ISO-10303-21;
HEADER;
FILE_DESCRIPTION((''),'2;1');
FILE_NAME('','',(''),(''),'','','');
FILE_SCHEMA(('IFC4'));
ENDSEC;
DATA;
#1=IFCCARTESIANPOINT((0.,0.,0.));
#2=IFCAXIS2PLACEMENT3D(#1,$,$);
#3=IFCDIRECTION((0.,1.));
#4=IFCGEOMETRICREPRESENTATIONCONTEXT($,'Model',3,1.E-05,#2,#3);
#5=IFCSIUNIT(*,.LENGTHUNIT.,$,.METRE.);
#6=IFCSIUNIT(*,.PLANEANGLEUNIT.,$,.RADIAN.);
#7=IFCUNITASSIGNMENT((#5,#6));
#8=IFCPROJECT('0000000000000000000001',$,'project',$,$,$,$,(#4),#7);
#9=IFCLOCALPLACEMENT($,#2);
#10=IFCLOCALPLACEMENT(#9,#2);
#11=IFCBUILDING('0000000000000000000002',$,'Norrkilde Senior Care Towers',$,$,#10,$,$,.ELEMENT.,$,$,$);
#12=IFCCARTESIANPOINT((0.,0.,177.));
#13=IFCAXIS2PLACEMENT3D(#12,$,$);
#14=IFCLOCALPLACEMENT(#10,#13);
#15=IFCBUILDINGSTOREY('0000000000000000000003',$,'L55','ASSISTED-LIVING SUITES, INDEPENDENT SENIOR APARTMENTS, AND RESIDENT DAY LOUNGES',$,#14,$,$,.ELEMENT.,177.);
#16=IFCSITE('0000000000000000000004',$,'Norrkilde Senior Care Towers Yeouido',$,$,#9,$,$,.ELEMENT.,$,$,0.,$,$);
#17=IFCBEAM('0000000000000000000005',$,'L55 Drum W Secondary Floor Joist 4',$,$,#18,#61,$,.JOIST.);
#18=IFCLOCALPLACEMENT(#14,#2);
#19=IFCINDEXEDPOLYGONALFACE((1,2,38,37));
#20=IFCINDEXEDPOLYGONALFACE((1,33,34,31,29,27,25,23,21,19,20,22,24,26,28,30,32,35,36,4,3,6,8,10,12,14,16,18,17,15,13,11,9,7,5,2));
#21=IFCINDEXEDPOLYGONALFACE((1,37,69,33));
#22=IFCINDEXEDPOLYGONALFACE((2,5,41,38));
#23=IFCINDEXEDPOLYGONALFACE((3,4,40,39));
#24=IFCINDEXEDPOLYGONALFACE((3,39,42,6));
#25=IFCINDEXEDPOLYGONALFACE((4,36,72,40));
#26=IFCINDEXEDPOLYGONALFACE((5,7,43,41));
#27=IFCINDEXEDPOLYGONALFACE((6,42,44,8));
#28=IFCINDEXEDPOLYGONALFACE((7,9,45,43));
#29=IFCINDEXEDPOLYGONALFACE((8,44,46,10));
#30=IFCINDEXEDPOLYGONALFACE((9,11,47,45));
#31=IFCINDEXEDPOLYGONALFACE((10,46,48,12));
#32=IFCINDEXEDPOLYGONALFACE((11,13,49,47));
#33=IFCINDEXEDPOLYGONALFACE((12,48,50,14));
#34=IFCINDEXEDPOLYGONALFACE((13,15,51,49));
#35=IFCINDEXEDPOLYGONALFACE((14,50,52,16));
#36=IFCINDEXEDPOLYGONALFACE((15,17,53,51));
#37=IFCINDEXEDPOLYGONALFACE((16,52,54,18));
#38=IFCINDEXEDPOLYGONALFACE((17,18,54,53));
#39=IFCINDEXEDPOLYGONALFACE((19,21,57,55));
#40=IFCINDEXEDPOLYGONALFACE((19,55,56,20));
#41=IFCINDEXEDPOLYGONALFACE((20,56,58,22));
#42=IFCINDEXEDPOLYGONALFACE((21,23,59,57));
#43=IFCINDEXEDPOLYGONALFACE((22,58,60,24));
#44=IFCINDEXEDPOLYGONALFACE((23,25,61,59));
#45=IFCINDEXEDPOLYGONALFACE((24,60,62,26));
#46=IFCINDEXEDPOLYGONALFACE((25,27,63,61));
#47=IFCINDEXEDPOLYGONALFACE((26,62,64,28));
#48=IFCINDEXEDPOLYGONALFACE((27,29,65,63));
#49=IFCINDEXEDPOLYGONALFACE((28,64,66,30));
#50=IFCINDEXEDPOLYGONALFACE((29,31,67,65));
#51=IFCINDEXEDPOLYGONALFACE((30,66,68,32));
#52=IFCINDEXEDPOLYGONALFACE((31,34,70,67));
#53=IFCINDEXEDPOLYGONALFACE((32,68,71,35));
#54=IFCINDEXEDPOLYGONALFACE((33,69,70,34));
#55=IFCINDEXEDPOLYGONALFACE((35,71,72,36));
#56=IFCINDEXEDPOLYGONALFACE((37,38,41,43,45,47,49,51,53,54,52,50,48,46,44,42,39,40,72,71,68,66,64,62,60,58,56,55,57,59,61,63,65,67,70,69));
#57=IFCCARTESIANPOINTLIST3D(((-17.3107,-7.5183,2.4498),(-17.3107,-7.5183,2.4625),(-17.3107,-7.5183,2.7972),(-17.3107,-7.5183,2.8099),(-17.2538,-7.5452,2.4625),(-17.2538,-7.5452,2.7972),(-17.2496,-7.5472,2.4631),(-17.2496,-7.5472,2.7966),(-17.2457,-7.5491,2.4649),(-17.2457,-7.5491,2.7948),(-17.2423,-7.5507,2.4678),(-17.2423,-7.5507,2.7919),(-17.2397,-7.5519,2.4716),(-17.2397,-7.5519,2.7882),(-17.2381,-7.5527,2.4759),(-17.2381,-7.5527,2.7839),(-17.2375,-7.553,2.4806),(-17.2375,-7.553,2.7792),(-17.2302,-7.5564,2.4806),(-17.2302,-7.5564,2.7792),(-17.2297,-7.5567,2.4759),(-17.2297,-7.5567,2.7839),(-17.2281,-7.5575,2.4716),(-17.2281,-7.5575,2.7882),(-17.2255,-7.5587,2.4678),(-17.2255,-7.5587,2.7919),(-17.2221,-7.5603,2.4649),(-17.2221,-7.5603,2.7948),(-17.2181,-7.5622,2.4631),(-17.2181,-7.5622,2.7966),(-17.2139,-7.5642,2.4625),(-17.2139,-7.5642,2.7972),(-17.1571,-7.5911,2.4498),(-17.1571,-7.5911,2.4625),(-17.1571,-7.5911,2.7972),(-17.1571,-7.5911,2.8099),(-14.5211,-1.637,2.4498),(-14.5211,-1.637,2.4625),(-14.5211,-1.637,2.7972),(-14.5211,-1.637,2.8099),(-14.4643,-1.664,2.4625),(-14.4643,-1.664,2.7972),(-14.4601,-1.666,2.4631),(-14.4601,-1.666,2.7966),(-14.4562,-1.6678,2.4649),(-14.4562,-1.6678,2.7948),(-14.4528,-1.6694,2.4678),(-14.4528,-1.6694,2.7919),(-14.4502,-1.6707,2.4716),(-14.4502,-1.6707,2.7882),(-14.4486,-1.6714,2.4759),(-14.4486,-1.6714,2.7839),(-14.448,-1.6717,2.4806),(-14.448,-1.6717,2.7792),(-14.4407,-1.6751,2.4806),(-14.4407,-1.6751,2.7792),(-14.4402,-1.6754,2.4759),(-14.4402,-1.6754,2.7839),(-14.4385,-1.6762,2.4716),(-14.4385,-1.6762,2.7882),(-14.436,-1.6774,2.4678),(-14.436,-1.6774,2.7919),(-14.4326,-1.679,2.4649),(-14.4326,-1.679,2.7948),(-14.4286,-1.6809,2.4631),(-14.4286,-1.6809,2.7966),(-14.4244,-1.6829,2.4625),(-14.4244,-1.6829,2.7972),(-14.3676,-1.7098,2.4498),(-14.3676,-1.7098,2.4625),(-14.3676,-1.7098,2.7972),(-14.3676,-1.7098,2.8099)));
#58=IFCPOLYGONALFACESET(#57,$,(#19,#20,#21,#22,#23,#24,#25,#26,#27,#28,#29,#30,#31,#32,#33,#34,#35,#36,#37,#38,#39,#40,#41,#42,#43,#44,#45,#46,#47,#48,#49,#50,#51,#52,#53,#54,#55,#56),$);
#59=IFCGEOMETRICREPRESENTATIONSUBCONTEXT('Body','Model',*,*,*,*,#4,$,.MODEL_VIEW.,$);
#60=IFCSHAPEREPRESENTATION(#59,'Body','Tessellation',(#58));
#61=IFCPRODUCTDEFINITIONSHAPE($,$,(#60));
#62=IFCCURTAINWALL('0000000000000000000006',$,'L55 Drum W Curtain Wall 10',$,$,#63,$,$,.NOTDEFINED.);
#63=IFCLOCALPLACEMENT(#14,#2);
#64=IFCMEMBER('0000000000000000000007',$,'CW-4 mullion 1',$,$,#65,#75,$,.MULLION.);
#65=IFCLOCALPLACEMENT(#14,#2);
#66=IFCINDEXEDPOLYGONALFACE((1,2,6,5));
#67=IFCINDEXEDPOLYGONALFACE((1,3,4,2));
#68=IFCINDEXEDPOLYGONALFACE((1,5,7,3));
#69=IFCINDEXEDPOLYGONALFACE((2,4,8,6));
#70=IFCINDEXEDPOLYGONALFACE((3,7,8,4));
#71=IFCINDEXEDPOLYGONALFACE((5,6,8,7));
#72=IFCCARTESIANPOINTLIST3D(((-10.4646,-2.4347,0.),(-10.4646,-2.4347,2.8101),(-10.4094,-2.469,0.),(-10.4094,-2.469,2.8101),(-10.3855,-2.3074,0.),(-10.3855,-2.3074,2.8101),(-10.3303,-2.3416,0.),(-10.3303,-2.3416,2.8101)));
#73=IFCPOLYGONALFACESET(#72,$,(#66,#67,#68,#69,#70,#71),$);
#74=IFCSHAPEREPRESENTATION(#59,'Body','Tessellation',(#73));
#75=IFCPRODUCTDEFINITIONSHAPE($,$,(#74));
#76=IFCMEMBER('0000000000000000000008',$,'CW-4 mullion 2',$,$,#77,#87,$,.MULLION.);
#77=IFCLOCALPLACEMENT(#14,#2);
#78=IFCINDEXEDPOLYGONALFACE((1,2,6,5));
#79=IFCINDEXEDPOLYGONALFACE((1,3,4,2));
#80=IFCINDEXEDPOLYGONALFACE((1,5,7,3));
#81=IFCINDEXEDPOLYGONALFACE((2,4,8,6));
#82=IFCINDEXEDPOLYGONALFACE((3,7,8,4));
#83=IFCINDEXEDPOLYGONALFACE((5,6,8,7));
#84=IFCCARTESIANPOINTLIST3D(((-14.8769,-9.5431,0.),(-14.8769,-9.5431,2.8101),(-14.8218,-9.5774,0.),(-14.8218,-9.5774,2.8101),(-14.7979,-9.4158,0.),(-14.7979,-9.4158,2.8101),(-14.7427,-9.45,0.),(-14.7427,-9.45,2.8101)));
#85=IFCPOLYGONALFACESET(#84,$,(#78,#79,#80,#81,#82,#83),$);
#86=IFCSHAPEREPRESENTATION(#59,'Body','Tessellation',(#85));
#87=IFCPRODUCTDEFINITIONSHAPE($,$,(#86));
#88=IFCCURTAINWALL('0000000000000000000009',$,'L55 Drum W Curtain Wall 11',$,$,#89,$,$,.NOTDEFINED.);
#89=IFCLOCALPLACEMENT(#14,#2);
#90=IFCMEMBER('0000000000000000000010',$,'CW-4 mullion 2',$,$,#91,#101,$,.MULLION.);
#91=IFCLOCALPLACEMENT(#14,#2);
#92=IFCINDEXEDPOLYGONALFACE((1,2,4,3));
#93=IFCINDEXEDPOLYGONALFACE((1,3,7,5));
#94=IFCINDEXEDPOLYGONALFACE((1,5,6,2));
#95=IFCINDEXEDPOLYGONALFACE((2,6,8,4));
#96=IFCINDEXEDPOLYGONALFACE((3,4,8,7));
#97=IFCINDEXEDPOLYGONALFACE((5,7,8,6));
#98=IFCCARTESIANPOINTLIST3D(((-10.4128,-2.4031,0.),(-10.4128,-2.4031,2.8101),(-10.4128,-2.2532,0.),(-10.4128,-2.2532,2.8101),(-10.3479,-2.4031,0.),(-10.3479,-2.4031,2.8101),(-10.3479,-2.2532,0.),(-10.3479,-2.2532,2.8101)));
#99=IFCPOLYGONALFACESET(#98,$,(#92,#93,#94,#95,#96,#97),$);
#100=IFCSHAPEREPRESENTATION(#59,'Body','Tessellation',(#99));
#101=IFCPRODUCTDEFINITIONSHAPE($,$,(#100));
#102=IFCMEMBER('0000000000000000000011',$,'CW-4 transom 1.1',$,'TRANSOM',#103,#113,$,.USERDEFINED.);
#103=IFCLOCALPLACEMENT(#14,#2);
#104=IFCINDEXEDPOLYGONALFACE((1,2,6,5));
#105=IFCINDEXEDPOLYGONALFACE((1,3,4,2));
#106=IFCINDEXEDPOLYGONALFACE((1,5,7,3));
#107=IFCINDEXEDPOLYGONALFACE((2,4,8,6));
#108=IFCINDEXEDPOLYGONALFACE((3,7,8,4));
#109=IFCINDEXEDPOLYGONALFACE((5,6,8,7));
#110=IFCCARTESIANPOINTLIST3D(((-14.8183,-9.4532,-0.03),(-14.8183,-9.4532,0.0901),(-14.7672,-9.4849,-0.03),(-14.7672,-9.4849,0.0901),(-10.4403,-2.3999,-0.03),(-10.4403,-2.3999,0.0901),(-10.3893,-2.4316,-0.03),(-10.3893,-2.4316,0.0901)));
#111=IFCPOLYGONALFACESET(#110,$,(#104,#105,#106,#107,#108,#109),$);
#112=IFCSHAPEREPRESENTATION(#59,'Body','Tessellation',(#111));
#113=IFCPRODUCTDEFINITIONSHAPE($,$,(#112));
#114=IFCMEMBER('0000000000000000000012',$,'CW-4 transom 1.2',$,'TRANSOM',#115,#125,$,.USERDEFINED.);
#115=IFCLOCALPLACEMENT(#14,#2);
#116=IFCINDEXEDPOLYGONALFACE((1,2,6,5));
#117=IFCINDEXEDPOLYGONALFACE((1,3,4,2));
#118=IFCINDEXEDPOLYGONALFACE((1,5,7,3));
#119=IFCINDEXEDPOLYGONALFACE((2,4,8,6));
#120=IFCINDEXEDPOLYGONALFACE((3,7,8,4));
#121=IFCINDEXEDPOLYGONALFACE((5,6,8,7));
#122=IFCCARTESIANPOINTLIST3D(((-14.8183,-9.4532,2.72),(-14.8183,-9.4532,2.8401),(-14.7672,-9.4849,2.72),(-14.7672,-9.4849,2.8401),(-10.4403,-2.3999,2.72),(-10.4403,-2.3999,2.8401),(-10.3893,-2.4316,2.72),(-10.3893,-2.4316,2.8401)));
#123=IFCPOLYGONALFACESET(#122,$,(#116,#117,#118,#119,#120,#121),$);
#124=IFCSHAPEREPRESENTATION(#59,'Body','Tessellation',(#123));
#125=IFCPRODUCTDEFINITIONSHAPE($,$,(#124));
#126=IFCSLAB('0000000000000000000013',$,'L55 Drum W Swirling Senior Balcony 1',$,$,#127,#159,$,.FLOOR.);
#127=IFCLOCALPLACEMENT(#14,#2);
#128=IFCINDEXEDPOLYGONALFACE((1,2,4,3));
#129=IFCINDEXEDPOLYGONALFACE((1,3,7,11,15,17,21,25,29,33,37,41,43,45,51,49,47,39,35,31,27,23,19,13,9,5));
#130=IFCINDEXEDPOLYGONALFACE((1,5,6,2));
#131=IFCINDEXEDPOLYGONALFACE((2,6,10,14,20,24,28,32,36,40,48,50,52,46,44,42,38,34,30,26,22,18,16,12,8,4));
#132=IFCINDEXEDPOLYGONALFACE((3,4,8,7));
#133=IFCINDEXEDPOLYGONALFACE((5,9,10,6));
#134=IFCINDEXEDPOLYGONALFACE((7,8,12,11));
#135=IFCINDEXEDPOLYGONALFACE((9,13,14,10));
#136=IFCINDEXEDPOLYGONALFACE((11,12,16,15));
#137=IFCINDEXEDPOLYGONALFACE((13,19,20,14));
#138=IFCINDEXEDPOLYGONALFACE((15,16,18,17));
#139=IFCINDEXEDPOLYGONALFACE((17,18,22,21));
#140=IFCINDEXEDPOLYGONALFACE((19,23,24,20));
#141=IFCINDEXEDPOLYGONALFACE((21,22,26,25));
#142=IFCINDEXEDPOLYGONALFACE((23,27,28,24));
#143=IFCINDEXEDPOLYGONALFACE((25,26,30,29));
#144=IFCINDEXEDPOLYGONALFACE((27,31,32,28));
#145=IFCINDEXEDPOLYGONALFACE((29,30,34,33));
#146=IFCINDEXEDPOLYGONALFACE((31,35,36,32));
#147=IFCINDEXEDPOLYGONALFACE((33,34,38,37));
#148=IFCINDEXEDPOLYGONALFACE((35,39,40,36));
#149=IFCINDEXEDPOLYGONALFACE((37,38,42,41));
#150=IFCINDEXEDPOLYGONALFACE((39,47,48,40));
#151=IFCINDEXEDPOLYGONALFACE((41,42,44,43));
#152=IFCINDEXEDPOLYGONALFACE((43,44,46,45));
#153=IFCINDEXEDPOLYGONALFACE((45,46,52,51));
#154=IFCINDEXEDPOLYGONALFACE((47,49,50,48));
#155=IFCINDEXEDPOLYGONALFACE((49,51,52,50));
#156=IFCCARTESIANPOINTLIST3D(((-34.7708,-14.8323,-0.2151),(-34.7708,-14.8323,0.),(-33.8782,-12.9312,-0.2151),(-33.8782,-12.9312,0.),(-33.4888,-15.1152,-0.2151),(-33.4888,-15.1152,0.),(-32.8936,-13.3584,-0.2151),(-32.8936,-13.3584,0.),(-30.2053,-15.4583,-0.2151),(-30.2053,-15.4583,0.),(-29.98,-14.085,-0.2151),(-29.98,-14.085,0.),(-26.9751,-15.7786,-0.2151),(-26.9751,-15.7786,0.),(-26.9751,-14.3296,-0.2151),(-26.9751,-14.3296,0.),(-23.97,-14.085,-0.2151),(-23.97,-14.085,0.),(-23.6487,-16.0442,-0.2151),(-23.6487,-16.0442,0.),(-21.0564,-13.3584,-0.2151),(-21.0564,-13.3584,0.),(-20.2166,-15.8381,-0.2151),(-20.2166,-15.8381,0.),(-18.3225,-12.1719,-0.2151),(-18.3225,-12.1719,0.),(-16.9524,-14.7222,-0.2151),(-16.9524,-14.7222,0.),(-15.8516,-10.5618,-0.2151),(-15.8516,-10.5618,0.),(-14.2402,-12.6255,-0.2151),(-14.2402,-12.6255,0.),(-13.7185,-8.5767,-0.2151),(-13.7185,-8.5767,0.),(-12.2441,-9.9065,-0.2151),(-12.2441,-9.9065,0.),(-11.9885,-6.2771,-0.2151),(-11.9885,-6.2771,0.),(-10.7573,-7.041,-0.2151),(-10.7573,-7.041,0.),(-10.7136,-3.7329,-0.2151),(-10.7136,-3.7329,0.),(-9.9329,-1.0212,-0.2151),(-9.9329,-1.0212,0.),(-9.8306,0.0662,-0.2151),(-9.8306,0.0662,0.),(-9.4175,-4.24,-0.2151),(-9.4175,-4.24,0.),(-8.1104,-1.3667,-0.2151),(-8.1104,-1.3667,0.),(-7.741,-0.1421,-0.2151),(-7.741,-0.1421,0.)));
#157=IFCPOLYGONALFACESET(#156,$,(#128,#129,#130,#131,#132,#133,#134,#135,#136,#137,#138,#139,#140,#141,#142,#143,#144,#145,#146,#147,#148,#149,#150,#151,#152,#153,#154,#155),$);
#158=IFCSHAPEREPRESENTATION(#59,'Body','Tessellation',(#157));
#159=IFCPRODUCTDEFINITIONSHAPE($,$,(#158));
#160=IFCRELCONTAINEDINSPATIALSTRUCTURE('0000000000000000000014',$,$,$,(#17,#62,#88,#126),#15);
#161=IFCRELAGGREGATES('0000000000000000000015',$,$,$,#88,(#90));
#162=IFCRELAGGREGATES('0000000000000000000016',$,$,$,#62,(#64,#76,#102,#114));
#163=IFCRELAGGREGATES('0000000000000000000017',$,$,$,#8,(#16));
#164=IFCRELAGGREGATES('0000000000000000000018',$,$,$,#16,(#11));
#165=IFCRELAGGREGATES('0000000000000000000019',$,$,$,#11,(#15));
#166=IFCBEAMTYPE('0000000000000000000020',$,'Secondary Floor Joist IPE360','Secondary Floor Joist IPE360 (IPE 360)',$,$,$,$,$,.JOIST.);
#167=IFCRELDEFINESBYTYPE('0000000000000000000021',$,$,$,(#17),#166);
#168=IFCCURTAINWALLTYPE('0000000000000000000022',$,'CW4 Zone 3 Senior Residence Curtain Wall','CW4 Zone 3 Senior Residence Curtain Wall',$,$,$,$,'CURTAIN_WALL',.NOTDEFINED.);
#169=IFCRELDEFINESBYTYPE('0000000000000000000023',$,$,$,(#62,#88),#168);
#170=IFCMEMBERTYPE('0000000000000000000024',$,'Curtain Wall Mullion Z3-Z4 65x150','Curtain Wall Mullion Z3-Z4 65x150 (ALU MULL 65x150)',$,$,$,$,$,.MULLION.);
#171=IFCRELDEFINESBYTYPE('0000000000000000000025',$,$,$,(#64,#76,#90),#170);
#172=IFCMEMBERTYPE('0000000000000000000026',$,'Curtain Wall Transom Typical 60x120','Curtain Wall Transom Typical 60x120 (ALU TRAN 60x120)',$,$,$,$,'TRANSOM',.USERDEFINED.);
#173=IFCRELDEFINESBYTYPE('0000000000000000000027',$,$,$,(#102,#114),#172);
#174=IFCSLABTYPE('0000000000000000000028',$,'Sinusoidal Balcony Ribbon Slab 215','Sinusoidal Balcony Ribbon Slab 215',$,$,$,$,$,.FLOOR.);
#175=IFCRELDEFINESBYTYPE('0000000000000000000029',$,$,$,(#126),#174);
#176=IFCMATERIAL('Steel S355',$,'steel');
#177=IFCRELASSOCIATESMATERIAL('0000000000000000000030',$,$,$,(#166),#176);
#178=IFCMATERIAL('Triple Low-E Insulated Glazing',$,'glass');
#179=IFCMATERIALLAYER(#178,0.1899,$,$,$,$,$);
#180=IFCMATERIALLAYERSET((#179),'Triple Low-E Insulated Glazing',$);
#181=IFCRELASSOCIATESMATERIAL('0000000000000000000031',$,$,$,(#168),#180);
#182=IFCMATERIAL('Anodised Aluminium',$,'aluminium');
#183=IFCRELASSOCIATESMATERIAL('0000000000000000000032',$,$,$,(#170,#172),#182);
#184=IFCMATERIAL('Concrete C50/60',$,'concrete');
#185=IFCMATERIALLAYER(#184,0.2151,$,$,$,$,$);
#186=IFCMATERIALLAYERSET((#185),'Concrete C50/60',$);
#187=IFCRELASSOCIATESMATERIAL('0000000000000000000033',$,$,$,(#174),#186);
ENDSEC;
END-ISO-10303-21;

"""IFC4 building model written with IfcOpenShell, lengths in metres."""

from ifc_helpers import new_model, si_unit, direction, frame, origin, origin_2d, place, context, subcontext, project, spatial, polyline, rectangle, i_section, outline, extrude, source, transform, mapped, material, layer, layer_set, material_profile, profile_set, type_object, type_shapes, element, aggregate, save


model = new_model("IFC4")

# Units and contexts
model_context = context("Model", 3, precision=1e-05, world=origin(), true_north=direction((0.0, 1.0)))
body_context = subcontext(model_context, "Body", "Model", "MODEL_VIEW")
ifc_project = project(units=[si_unit("LENGTHUNIT", "METRE"), si_unit("PLANEANGLEUNIT", "RADIAN")], contexts=[model_context])

# Site, building, storey
site_placement = place(None, origin())
site = spatial("IfcSite", under=ifc_project, at=site_placement, Name="Norrkilde Senior Care Towers Yeouido", CompositionType="ELEMENT", RefElevation=0.0)
building_placement = place(site_placement, origin())
building = spatial("IfcBuilding", under=site, at=building_placement, Name="Norrkilde Senior Care Towers", CompositionType="ELEMENT")
storey_placement = place(building_placement, frame((0.0, 0.0, 177.0)))
storey = spatial("IfcBuildingStorey", under=building, at=storey_placement, Name="L55", Description="ASSISTED-LIVING SUITES, INDEPENDENT SENIOR APARTMENTS, AND RESIDENT DAY LOUNGES", CompositionType="ELEMENT", Elevation=177.0)

# Shared definitions
ifc_material_1 = material(Name="Concrete C50/60", Category="concrete")

# Beam
ifc_material_2 = material(Name="Steel S355", Category="steel")
ifc_material_profile_1 = material_profile(ifc_material_2, i_section(OverallWidth=0.1699, OverallDepth=0.3601, WebThickness=0.0081, FlangeThickness=0.0127, FilletRadius=0.0181, at=origin_2d()), Name="IPE 360")
ifc_profile_set_1 = profile_set([ifc_material_profile_1], Name="Steel S355")
beam_type_1 = type_object("IfcBeamType", Name="Secondary Floor Joist IPE360", Description="Secondary Floor Joist IPE360 (IPE 360)", PredefinedType="JOIST", material=ifc_profile_set_1)
shared_shape_1 = source(origin(), body_context, "Body", "SweptSolid", [
    extrude(i_section(OverallWidth=0.1699, OverallDepth=0.3601, WebThickness=0.0081, FlangeThickness=0.0127, FilletRadius=0.0181, at=origin_2d()), origin(), (0.0, 0.0, 1.0), 6.5093),
])
type_shapes(beam_type_1, [shared_shape_1])
beam_1_placement = place(storey_placement, frame((-17.2339, -7.5547, 2.6299), z_axis=(0.428544, 0.903521, 0.0), x_axis=(-0.903521, 0.428544, 0.0)))
element("IfcBeam", 1, at=beam_1_placement, inside=storey, type_object=beam_type_1, Name="L55 Drum W Secondary Floor Joist 4", PredefinedType="JOIST", context=body_context, shape_type="MappedRepresentation", body=[
    mapped(shared_shape_1, transform((0.0, 0.0, 0.0), x_axis=(1.0, 0.0, 0.0), y_axis=(0.0, 1.0, 0.0), z_axis=(0.0, 0.0, 1.0), scale=1.0)),
])

# Curtain wall, members
ifc_material_3 = material(Name="Triple Low-E Insulated Glazing", Category="glass")
ifc_layer_1 = layer(ifc_material_3, 0.1899)
ifc_layer_set_1 = layer_set([ifc_layer_1], Name="Triple Low-E Insulated Glazing")
curtain_wall_type = type_object("IfcCurtainWallType", Name="CW4 Zone 3 Senior Residence Curtain Wall", Description="CW4 Zone 3 Senior Residence Curtain Wall", ElementType="CURTAIN_WALL", PredefinedType="NOTDEFINED", material=ifc_layer_set_1)
curtain_wall_1_placement = place(storey_placement, origin())
curtain_wall_1 = element("IfcCurtainWall", 2, at=curtain_wall_1_placement, inside=storey, type_object=curtain_wall_type, Name="L55 Drum W Curtain Wall 10", PredefinedType="NOTDEFINED")
ifc_material_4 = material(Name="Anodised Aluminium", Category="aluminium")
ifc_material_profile_2 = material_profile(ifc_material_4, rectangle(XDim=0.0649, YDim=0.1499, at=origin_2d()), Name="ALU MULL 65x150")
ifc_profile_set_2 = profile_set([ifc_material_profile_2], Name="Anodised Aluminium")
member_type_1 = type_object("IfcMemberType", Name="Curtain Wall Mullion Z3-Z4 65x150", Description="Curtain Wall Mullion Z3-Z4 65x150 (ALU MULL 65x150)", PredefinedType="MULLION", material=ifc_profile_set_2)
shared_shape_2 = source(origin(), body_context, "Body", "SweptSolid", [
    extrude(rectangle(XDim=0.0649, YDim=0.1499, at=origin_2d()), origin(), (0.0, 0.0, 1.0), 2.8101),
])
type_shapes(member_type_1, [shared_shape_2])
member_1_placement = place(storey_placement, frame((-10.3975, -2.3882, 0.0), z_axis=(0.0, 0.0, 1.0), x_axis=(0.849634, -0.527373, 0.0)))
member_1 = element("IfcMember", 3, at=member_1_placement, type_object=member_type_1, Name="CW-4 mullion 1", PredefinedType="MULLION", context=body_context, shape_type="MappedRepresentation", body=[
    mapped(shared_shape_2, transform((0.0, 0.0, 0.0), x_axis=(1.0, 0.0, 0.0), y_axis=(0.0, 1.0, 0.0), z_axis=(0.0, 0.0, 1.0), scale=1.0)),
])
member_2_placement = place(storey_placement, frame((-14.8098, -9.4966, 0.0), z_axis=(0.0, 0.0, 1.0), x_axis=(0.849634, -0.527373, 0.0)))
member_2 = element("IfcMember", 4, at=member_2_placement, type_object=member_type_1, Name="CW-4 mullion 2", PredefinedType="MULLION", context=body_context, shape_type="MappedRepresentation", body=[
    mapped(shared_shape_2, transform((0.0, 0.0, 0.0), x_axis=(1.0, 0.0, 0.0), y_axis=(0.0, 1.0, 0.0), z_axis=(0.0, 0.0, 1.0), scale=1.0)),
])

# Curtain wall, member
curtain_wall_2_placement = place(storey_placement, origin())
curtain_wall_2 = element("IfcCurtainWall", 5, at=curtain_wall_2_placement, inside=storey, type_object=curtain_wall_type, Name="L55 Drum W Curtain Wall 11", PredefinedType="NOTDEFINED")
member_3_placement = place(storey_placement, frame((-10.3804, -2.3281, 0.0), z_axis=(0.0, 0.0, 1.0), x_axis=(1.0, 0.0, 0.0)))
member_3 = element("IfcMember", 6, at=member_3_placement, type_object=member_type_1, Name="CW-4 mullion 2", PredefinedType="MULLION", context=body_context, shape_type="MappedRepresentation", body=[
    mapped(shared_shape_2, transform((0.0, 0.0, 0.0), x_axis=(1.0, 0.0, 0.0), y_axis=(0.0, 1.0, 0.0), z_axis=(0.0, 0.0, 1.0), scale=1.0)),
])
aggregate(curtain_wall_2, [member_3])

# Members
ifc_material_profile_3 = material_profile(ifc_material_4, rectangle(XDim=0.0601, YDim=0.1201, at=origin_2d()), Name="ALU TRAN 60x120")
ifc_profile_set_3 = profile_set([ifc_material_profile_3], Name="Anodised Aluminium")
member_type_2 = type_object("IfcMemberType", Name="Curtain Wall Transom Typical 60x120", Description="Curtain Wall Transom Typical 60x120 (ALU TRAN 60x120)", ElementType="TRANSOM", PredefinedType="USERDEFINED", material=ifc_profile_set_3)
shared_shape_3 = source(origin(), body_context, "Body", "SweptSolid", [
    extrude(rectangle(XDim=0.0601, YDim=0.1201, at=origin_2d()), origin(), (0.0, 0.0, 1.0), 8.3015),
])
type_shapes(member_type_2, [shared_shape_3])
member_4_placement = place(storey_placement, frame((-10.4148, -2.4158, 0.03), z_axis=(-0.527369, -0.849637, 0.0), x_axis=(0.849637, -0.527369, 0.0)))
member_4 = element("IfcMember", 7, at=member_4_placement, type_object=member_type_2, Name="CW-4 transom 1.1", ObjectType="TRANSOM", PredefinedType="USERDEFINED", context=body_context, shape_type="MappedRepresentation", body=[
    mapped(shared_shape_3, transform((0.0, 0.0, 0.0), x_axis=(1.0, 0.0, 0.0), y_axis=(0.0, 1.0, 0.0), z_axis=(0.0, 0.0, 1.0), scale=1.0)),
])
member_5_placement = place(storey_placement, frame((-10.4148, -2.4158, 2.78), z_axis=(-0.527369, -0.849637, 0.0), x_axis=(0.849637, -0.527369, 0.0)))
member_5 = element("IfcMember", 8, at=member_5_placement, type_object=member_type_2, Name="CW-4 transom 1.2", ObjectType="TRANSOM", PredefinedType="USERDEFINED", context=body_context, shape_type="MappedRepresentation", body=[
    mapped(shared_shape_3, transform((0.0, 0.0, 0.0), x_axis=(1.0, 0.0, 0.0), y_axis=(0.0, 1.0, 0.0), z_axis=(0.0, 0.0, 1.0), scale=1.0)),
])

# Slab
ifc_layer_2 = layer(ifc_material_1, 0.2151)
ifc_layer_set_2 = layer_set([ifc_layer_2], Name="Concrete C50/60")
slab_type_1 = type_object("IfcSlabType", Name="Sinusoidal Balcony Ribbon Slab 215", Description="Sinusoidal Balcony Ribbon Slab 215", PredefinedType="FLOOR", material=ifc_layer_set_2)
slab_1_placement = place(storey_placement, frame((0.0, 0.0, -0.2151)))
element("IfcSlab", 9, at=slab_1_placement, inside=storey, type_object=slab_type_1, Name="L55 Drum W Swirling Senior Balcony 1", PredefinedType="FLOOR", context=body_context, shape_type="SweptSolid", body=[
    extrude(outline(polyline([(-10.7573, -7.041), (-12.2441, -9.9065), (-14.2402, -12.6255), (-16.9524, -14.7222), (-20.2166, -15.8381), (-23.6487, -16.0442), (-26.9751, -15.7786), (-30.2053, -15.4583), (-33.4888, -15.1152), (-34.7708, -14.8323), (-33.8782, -12.9312), (-32.8936, -13.3584), (-29.98, -14.085), (-26.9751, -14.3296), (-23.97, -14.085), (-21.0564, -13.3584), (-18.3225, -12.1719), (-15.8516, -10.5618), (-13.7185, -8.5767), (-11.9885, -6.2771), (-10.7136, -3.7329), (-9.9329, -1.0212), (-9.8306, 0.0662), (-7.741, -0.1421), (-8.1104, -1.3667), (-9.4175, -4.24), (-10.7573, -7.041)])), origin(), (0.0, 0.0, 1.0), 0.2151),
])

aggregate(curtain_wall_1, [member_1, member_2, member_4, member_5])

save(model, "model.ifc")
